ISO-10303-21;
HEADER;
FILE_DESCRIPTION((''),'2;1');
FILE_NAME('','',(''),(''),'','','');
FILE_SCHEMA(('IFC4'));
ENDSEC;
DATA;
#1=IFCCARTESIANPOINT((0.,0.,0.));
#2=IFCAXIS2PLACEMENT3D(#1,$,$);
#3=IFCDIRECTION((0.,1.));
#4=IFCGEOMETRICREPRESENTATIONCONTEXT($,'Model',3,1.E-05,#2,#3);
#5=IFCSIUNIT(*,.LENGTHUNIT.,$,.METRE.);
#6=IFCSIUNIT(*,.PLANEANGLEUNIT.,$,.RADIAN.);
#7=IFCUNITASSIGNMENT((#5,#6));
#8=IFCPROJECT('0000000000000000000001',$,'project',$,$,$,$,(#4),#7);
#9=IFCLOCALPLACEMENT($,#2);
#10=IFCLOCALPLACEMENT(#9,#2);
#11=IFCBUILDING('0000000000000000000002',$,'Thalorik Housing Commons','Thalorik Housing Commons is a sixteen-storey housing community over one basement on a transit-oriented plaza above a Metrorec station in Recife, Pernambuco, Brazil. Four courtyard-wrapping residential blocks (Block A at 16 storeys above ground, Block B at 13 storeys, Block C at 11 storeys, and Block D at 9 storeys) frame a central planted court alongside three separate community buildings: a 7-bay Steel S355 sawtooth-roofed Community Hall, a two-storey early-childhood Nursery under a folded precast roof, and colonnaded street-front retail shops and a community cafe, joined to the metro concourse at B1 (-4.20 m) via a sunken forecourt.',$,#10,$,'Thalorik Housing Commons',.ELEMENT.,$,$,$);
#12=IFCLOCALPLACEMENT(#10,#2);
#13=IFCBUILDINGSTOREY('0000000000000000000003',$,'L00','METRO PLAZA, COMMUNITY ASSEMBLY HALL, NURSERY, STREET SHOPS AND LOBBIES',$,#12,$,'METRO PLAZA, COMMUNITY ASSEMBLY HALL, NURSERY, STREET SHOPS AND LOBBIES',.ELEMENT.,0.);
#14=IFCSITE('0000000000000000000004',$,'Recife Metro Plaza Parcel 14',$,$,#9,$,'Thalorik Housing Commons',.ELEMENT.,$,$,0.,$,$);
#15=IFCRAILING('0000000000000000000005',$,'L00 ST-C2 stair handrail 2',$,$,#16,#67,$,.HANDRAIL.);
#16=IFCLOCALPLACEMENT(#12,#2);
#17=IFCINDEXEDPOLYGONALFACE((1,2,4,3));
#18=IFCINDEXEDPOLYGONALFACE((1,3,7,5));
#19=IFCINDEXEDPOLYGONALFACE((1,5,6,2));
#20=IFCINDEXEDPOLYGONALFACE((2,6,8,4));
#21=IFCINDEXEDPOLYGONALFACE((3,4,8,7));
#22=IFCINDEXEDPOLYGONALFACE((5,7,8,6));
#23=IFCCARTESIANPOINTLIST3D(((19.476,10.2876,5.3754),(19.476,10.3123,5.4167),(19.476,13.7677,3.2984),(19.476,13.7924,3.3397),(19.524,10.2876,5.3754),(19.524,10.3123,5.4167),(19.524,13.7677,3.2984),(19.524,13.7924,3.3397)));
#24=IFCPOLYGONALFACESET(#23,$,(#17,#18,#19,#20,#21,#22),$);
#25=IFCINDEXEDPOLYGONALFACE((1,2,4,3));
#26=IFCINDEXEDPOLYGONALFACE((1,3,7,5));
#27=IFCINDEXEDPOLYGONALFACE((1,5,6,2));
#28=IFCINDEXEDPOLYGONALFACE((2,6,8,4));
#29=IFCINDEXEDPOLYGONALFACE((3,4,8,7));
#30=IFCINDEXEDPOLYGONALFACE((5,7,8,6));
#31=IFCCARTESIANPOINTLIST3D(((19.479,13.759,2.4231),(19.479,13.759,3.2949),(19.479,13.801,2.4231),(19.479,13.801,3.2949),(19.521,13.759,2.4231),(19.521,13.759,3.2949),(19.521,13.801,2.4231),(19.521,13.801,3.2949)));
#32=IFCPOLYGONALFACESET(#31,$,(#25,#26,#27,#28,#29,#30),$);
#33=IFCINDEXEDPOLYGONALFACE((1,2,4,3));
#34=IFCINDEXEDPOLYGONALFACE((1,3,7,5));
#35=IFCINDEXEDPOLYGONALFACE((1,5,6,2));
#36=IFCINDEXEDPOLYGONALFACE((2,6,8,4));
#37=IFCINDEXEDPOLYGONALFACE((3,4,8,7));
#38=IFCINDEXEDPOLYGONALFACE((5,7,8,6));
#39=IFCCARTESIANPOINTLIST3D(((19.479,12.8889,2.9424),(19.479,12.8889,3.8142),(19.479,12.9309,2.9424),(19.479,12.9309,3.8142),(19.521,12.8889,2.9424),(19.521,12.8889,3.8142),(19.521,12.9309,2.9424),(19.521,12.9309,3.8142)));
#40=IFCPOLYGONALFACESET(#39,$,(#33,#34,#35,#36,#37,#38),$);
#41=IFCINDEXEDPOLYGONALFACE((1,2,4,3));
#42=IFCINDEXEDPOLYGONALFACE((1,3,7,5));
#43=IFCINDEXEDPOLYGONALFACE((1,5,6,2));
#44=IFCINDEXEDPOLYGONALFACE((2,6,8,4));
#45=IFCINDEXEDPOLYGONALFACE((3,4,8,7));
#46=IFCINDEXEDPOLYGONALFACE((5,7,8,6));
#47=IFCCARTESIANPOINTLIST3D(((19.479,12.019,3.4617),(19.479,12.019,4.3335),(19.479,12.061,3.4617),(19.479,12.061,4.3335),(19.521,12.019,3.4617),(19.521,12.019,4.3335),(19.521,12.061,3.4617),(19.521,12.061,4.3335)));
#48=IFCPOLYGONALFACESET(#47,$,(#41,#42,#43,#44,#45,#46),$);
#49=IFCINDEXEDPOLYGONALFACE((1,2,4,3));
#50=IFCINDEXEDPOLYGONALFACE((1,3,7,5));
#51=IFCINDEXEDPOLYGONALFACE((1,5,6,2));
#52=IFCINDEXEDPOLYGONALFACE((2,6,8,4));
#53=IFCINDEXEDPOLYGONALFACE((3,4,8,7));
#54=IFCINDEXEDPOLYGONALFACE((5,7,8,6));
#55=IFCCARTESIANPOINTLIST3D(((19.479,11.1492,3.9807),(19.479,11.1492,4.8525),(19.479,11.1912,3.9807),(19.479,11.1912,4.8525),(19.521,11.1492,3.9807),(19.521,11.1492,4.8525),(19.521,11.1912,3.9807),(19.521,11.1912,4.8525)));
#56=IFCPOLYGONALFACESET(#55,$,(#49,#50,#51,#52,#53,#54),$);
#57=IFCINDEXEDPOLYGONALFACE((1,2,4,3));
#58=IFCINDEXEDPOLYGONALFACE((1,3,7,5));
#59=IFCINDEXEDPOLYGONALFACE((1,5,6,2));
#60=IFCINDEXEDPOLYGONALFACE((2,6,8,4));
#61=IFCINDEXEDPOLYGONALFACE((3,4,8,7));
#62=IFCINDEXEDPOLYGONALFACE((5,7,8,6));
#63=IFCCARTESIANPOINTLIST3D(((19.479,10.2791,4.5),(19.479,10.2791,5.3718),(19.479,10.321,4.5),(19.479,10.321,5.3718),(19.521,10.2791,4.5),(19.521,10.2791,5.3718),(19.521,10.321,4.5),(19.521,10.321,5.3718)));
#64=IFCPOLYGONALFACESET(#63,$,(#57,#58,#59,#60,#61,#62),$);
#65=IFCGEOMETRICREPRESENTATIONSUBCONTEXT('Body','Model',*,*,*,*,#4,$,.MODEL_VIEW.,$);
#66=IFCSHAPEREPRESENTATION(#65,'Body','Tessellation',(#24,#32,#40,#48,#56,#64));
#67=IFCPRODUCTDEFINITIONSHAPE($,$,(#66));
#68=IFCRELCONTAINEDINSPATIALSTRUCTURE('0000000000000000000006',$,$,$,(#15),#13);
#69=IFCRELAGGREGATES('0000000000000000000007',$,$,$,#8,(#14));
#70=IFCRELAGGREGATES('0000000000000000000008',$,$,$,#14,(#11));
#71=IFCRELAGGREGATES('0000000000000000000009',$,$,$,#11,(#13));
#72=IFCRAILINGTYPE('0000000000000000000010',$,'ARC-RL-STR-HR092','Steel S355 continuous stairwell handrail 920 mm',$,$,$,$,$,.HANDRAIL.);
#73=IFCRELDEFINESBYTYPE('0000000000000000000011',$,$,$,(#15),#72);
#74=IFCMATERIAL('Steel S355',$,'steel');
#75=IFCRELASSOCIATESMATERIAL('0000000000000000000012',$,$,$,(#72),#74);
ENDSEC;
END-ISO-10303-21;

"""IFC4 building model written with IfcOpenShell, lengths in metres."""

from ifc_helpers import new_model, si_unit, direction, frame, origin, origin_2d, place, context, subcontext, project, spatial, rectangle, extrude, material, type_object, element, save


model = new_model("IFC4")

# Units and contexts
model_context = context("Model", 3, precision=1e-05, world=origin(), true_north=direction((0.0, 1.0)))
body_context = subcontext(model_context, "Body", "Model", "MODEL_VIEW")
ifc_project = project(units=[si_unit("LENGTHUNIT", "METRE"), si_unit("PLANEANGLEUNIT", "RADIAN")], contexts=[model_context])

# Site, building, storey
site_placement = place(None, origin())
site = spatial("IfcSite", under=ifc_project, at=site_placement, Name="Recife Metro Plaza Parcel 14", LongName="Thalorik Housing Commons", CompositionType="ELEMENT", RefElevation=0.0)
building_placement = place(site_placement, origin())
building = spatial("IfcBuilding", under=site, at=building_placement, Name="Thalorik Housing Commons", Description="Thalorik Housing Commons is a sixteen-storey housing community over one basement on a transit-oriented plaza above a Metrorec station in Recife, Pernambuco, Brazil. Four courtyard-wrapping residential blocks (Block A at 16 storeys above ground, Block B at 13 storeys, Block C at 11 storeys, and Block D at 9 storeys) frame a central planted court alongside three separate community buildings: a 7-bay Steel S355 sawtooth-roofed Community Hall, a two-storey early-childhood Nursery under a folded precast roof, and colonnaded street-front retail shops and a community cafe, joined to the metro concourse at B1 (-4.20 m) via a sunken forecourt.", LongName="Thalorik Housing Commons", CompositionType="ELEMENT")
storey_placement = place(building_placement, origin())
storey = spatial("IfcBuildingStorey", under=building, at=storey_placement, Name="L00", Description="METRO PLAZA, COMMUNITY ASSEMBLY HALL, NURSERY, STREET SHOPS AND LOBBIES", LongName="METRO PLAZA, COMMUNITY ASSEMBLY HALL, NURSERY, STREET SHOPS AND LOBBIES", CompositionType="ELEMENT", Elevation=0.0)

# Shared definitions
ifc_material_1 = material(Name="Steel S355", Category="steel")

# Railing
railing_type_1 = type_object("IfcRailingType", Name="ARC-RL-STR-HR092", Description="Steel S355 continuous stairwell handrail 920 mm", PredefinedType="HANDRAIL", material=ifc_material_1)
railing_1_placement = place(storey_placement, frame((19.5, 13.78, 2.4231)))
element("IfcRailing", 1, at=railing_1_placement, inside=storey, type_object=railing_type_1, Name="L00 ST-C2 stair handrail 2", PredefinedType="HANDRAIL", context=body_context, shape_type="SweptSolid", body=[
    extrude(rectangle(XDim=0.0481, YDim=0.0481, at=origin_2d()), frame((0.0, 0.0, 0.896), z_axis=(0.0, -0.858697, 0.512483), x_axis=(1.0, 0.0, 0.0)), (0.0, 0.0, 1.0), 4.0527),
    extrude(rectangle(XDim=0.042, YDim=0.042, at=origin_2d()), origin(), (0.0, 0.0, 1.0), 0.8718),
    extrude(rectangle(XDim=0.042, YDim=0.042, at=origin_2d()), frame((0.0, -0.8701, 0.5193)), (0.0, 0.0, 1.0), 0.8718),
    extrude(rectangle(XDim=0.042, YDim=0.042, at=origin_2d()), frame((0.0, -1.74, 1.0386)), (0.0, 0.0, 1.0), 0.8718),
    extrude(rectangle(XDim=0.042, YDim=0.042, at=origin_2d()), frame((0.0, -2.6099, 1.5576)), (0.0, 0.0, 1.0), 0.8718),
    extrude(rectangle(XDim=0.042, YDim=0.042, at=origin_2d()), frame((0.0, -3.48, 2.0769)), (0.0, 0.0, 1.0), 0.8718),
])

save(model, "model.ifc")
